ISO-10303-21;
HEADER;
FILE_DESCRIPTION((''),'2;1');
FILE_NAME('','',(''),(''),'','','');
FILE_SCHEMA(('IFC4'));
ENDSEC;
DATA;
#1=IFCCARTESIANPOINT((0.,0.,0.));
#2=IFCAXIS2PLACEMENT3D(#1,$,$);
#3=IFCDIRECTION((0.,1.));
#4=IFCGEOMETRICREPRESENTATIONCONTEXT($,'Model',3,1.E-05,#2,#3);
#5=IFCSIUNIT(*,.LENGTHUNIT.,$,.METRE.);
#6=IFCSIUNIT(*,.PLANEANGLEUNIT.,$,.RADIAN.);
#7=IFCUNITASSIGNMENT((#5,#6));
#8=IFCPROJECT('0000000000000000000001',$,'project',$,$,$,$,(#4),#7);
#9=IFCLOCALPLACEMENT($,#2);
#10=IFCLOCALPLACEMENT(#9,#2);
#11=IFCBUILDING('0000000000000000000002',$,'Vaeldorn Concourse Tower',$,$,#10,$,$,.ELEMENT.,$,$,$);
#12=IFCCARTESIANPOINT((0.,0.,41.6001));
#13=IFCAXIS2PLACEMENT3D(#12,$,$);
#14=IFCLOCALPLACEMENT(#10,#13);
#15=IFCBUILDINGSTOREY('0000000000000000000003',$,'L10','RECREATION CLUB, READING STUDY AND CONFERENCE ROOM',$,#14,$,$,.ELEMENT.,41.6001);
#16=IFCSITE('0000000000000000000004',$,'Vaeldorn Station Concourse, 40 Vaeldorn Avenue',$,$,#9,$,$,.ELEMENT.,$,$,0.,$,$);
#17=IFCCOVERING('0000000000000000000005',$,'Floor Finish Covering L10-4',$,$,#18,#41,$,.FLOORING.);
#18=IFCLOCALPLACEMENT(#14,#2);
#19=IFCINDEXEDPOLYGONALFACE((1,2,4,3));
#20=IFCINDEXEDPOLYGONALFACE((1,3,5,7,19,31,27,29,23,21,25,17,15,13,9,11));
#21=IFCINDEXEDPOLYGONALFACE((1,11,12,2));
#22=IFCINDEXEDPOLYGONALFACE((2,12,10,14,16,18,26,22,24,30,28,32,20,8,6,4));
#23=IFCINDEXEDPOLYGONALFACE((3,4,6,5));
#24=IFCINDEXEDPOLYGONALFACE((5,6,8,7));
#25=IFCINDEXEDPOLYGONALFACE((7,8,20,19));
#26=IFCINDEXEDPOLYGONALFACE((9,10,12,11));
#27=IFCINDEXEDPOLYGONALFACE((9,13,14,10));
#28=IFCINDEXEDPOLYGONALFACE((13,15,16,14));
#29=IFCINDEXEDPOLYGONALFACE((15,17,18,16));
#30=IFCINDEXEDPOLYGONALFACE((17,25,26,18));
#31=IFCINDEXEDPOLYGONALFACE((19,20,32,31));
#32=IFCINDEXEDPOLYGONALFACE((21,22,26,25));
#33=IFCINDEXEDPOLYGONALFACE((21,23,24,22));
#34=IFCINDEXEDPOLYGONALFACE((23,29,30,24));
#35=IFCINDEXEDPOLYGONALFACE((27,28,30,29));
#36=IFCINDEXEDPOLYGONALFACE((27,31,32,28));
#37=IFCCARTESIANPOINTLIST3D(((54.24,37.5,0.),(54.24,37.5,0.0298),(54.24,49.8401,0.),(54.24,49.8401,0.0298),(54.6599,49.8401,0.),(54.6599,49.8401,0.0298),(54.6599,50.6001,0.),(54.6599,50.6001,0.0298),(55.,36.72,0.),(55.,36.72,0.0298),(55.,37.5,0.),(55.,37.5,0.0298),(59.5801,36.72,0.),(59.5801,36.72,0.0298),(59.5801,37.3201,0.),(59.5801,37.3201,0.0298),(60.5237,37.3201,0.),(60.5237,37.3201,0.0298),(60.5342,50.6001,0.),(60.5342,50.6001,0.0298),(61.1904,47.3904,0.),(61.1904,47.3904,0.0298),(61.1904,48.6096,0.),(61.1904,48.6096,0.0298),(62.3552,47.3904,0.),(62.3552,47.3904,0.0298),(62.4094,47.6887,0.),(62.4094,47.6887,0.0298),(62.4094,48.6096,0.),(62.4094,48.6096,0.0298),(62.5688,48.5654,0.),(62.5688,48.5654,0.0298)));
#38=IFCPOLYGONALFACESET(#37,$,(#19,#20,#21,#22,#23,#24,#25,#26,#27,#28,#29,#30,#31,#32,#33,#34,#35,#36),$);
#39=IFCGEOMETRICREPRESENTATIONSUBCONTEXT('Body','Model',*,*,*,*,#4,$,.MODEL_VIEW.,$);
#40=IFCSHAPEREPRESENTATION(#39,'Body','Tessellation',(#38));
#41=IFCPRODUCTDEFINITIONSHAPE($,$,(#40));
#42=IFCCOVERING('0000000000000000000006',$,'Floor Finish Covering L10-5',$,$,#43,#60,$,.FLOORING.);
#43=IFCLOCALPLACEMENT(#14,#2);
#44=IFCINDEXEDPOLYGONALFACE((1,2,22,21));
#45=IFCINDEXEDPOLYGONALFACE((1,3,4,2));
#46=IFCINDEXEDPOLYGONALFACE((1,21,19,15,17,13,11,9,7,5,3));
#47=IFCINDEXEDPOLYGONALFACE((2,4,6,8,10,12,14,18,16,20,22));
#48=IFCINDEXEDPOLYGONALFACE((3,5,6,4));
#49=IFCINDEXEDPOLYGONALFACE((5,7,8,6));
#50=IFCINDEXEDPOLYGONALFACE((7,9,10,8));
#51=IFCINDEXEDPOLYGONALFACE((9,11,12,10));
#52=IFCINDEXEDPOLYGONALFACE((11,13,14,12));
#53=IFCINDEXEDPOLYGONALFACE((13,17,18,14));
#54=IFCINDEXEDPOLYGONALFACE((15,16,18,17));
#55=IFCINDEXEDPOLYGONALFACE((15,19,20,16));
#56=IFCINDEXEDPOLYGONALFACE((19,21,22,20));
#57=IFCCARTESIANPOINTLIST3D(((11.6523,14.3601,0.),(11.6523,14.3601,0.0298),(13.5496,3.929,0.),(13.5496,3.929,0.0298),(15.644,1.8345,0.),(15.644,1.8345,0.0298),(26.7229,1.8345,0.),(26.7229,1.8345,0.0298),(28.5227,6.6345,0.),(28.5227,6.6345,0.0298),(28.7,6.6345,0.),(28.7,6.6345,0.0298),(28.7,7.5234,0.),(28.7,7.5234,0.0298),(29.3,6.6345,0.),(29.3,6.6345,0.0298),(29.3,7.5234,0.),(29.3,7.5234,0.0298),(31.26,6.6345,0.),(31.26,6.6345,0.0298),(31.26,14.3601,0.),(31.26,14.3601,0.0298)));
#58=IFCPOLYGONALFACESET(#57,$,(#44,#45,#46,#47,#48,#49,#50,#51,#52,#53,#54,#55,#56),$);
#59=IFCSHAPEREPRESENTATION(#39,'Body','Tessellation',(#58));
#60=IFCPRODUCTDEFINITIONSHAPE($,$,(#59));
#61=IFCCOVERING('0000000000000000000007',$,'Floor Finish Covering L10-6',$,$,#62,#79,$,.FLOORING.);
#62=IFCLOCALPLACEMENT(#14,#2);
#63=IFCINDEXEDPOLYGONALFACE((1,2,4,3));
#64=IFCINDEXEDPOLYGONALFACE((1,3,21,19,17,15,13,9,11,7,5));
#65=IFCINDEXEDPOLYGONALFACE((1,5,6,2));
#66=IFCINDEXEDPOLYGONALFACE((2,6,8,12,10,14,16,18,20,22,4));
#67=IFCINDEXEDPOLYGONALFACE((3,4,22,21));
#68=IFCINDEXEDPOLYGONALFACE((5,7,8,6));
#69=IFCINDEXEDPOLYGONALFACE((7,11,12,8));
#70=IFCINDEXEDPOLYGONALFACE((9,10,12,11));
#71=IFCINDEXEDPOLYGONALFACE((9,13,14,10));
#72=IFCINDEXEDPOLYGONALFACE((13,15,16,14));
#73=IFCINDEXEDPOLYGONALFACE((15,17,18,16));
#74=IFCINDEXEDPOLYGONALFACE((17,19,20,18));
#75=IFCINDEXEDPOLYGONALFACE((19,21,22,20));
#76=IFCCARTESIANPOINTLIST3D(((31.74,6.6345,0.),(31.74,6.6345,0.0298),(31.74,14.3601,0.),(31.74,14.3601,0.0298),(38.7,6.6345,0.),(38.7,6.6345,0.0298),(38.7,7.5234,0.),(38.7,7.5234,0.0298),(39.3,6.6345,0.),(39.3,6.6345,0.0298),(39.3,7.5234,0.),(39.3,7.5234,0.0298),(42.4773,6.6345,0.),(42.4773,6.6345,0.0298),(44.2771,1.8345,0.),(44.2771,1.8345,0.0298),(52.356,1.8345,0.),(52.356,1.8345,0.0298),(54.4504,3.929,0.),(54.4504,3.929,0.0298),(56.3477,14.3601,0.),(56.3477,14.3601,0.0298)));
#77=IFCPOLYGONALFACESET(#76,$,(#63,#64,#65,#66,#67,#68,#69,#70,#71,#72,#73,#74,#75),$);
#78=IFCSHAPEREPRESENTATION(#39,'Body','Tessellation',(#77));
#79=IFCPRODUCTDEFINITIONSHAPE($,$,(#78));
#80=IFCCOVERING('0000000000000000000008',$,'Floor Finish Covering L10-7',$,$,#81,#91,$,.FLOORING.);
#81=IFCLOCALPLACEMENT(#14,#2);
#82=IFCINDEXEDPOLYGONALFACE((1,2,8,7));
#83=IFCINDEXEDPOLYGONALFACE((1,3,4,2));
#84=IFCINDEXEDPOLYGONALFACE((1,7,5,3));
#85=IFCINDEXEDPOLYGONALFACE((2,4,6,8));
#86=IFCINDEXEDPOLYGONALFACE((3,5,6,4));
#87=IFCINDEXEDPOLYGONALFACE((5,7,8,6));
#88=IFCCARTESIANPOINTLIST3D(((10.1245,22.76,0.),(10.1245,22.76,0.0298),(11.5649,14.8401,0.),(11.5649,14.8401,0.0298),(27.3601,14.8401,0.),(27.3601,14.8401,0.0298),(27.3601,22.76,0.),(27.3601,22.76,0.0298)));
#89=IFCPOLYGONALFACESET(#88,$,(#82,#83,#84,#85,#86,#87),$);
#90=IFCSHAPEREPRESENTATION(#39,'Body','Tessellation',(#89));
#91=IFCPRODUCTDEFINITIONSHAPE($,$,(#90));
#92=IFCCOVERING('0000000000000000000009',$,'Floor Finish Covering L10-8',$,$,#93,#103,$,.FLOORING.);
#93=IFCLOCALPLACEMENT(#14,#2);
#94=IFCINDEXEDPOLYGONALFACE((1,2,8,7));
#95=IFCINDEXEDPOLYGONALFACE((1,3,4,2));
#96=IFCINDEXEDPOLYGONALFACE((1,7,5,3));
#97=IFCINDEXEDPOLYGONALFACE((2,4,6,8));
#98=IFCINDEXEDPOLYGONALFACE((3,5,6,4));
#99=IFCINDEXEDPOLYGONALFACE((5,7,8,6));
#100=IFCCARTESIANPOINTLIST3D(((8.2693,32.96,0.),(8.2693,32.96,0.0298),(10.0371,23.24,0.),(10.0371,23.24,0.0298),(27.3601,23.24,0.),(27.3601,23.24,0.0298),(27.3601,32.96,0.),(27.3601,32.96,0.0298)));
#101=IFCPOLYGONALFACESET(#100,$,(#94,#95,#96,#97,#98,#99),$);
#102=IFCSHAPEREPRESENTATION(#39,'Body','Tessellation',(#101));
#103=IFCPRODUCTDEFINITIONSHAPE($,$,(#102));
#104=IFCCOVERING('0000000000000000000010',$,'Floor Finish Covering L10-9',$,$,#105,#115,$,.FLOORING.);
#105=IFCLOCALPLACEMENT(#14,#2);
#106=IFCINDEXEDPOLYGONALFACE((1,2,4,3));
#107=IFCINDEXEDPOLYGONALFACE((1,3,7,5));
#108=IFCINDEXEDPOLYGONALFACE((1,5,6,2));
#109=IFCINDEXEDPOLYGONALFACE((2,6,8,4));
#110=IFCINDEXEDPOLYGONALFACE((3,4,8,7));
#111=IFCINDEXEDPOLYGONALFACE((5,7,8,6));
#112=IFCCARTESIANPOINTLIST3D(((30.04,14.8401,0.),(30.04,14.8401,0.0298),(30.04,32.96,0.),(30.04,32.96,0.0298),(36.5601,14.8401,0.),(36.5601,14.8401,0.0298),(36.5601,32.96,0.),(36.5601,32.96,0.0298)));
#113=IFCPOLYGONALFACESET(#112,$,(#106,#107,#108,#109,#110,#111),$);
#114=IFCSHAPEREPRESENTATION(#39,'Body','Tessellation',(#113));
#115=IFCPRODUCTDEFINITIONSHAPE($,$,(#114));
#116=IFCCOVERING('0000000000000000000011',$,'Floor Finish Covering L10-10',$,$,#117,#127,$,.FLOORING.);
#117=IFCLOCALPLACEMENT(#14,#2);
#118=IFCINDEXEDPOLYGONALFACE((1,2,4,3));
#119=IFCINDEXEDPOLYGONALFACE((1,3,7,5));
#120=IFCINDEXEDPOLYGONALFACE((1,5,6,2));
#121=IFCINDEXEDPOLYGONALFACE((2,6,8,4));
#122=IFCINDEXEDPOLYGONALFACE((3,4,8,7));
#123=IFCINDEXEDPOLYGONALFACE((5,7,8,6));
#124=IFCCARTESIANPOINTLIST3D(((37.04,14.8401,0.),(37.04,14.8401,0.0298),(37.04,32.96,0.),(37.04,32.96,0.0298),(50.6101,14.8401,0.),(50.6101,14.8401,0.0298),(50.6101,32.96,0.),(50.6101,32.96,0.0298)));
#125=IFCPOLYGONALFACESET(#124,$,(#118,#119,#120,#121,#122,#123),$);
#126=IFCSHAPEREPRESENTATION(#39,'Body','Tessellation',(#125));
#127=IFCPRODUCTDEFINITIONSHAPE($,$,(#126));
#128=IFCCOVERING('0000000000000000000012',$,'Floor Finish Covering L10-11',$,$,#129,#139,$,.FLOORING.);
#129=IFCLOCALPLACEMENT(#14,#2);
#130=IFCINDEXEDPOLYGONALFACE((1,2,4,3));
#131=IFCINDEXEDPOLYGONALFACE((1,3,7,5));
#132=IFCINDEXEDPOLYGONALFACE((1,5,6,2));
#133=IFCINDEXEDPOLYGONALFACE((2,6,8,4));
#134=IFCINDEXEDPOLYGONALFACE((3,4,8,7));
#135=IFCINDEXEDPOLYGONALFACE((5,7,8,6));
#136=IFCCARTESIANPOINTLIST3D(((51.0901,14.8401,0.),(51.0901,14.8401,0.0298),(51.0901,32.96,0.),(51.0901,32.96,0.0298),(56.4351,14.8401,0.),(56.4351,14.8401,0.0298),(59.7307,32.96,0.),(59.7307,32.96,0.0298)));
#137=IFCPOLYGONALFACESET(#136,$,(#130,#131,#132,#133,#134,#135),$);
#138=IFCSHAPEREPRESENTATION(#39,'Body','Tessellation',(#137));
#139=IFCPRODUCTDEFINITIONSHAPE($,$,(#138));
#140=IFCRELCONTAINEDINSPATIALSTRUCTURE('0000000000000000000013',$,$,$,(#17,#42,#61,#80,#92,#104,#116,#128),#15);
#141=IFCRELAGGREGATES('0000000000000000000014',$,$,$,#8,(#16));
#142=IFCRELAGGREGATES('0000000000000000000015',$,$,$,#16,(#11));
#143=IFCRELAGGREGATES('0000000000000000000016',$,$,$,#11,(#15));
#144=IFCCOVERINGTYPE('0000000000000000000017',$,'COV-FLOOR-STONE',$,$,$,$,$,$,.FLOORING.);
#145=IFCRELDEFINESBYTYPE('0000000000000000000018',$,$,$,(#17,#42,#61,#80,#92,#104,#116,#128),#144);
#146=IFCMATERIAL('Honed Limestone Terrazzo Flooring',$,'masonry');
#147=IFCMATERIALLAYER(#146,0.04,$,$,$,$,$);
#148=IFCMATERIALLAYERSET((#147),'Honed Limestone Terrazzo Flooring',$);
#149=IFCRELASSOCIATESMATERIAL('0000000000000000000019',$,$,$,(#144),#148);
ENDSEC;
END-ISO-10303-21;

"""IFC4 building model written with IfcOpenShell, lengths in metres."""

from ifc_helpers import new_model, si_unit, direction, frame, origin, place, context, subcontext, project, spatial, polyline, outline, extrude, material, layer, layer_set, type_object, element, save


model = new_model("IFC4")

# Units and contexts
model_context = context("Model", 3, precision=1e-05, world=origin(), true_north=direction((0.0, 1.0)))
body_context = subcontext(model_context, "Body", "Model", "MODEL_VIEW")
ifc_project = project(units=[si_unit("LENGTHUNIT", "METRE"), si_unit("PLANEANGLEUNIT", "RADIAN")], contexts=[model_context])

# Site, building, storey
site_placement = place(None, origin())
site = spatial("IfcSite", under=ifc_project, at=site_placement, Name="Vaeldorn Station Concourse, 40 Vaeldorn Avenue", CompositionType="ELEMENT", RefElevation=0.0)
building_placement = place(site_placement, origin())
building = spatial("IfcBuilding", under=site, at=building_placement, Name="Vaeldorn Concourse Tower", CompositionType="ELEMENT")
storey_placement = place(building_placement, frame((0.0, 0.0, 41.6001)))
storey = spatial("IfcBuildingStorey", under=building, at=storey_placement, Name="L10", Description="RECREATION CLUB, READING STUDY AND CONFERENCE ROOM", CompositionType="ELEMENT", Elevation=41.6001)

# Coverings
ifc_material_1 = material(Name="Honed Limestone Terrazzo Flooring", Category="masonry")
ifc_layer_1 = layer(ifc_material_1, 0.04)
ifc_layer_set_1 = layer_set([ifc_layer_1], Name="Honed Limestone Terrazzo Flooring")
covering_type_1 = type_object("IfcCoveringType", Name="COV-FLOOR-STONE", PredefinedType="FLOORING", material=ifc_layer_set_1)
covering_1_placement = place(storey_placement, origin())
element("IfcCovering", 1, at=covering_1_placement, inside=storey, type_object=covering_type_1, Name="Floor Finish Covering L10-4", PredefinedType="FLOORING", context=body_context, shape_type="SweptSolid", body=[
    extrude(outline(polyline([(54.6599, 49.8401), (54.6599, 50.6001), (60.5342, 50.6001), (62.5688, 48.5654), (62.4094, 47.6887), (62.4094, 48.6096), (61.1904, 48.6096), (61.1904, 47.3904), (62.3552, 47.3904), (60.5237, 37.3201), (59.5801, 37.3201), (59.5801, 36.72), (55.0, 36.72), (55.0, 37.5), (54.24, 37.5), (54.24, 49.8401), (54.6599, 49.8401)])), origin(), (0.0, 0.0, 1.0), 0.0298),
])
covering_2_placement = place(storey_placement, origin())
element("IfcCovering", 2, at=covering_2_placement, inside=storey, type_object=covering_type_1, Name="Floor Finish Covering L10-5", PredefinedType="FLOORING", context=body_context, shape_type="SweptSolid", body=[
    extrude(outline(polyline([(31.26, 14.3601), (31.26, 6.6345), (29.3, 6.6345), (29.3, 7.5234), (28.7, 7.5234), (28.7, 6.6345), (28.5227, 6.6345), (26.7229, 1.8345), (15.644, 1.8345), (13.5496, 3.929), (11.6523, 14.3601), (31.26, 14.3601)])), origin(), (0.0, 0.0, 1.0), 0.0298),
])
covering_3_placement = place(storey_placement, origin())
element("IfcCovering", 3, at=covering_3_placement, inside=storey, type_object=covering_type_1, Name="Floor Finish Covering L10-6", PredefinedType="FLOORING", context=body_context, shape_type="SweptSolid", body=[
    extrude(outline(polyline([(31.74, 14.3601), (56.3477, 14.3601), (54.4504, 3.929), (52.356, 1.8345), (44.2771, 1.8345), (42.4773, 6.6345), (39.3, 6.6345), (39.3, 7.5234), (38.7, 7.5234), (38.7, 6.6345), (31.74, 6.6345), (31.74, 14.3601)])), origin(), (0.0, 0.0, 1.0), 0.0298),
])
covering_4_placement = place(storey_placement, origin())
element("IfcCovering", 4, at=covering_4_placement, inside=storey, type_object=covering_type_1, Name="Floor Finish Covering L10-7", PredefinedType="FLOORING", context=body_context, shape_type="SweptSolid", body=[
    extrude(outline(polyline([(27.3601, 22.76), (27.3601, 14.8401), (11.5649, 14.8401), (10.1245, 22.76), (27.3601, 22.76)])), origin(), (0.0, 0.0, 1.0), 0.0298),
])
covering_5_placement = place(storey_placement, origin())
element("IfcCovering", 5, at=covering_5_placement, inside=storey, type_object=covering_type_1, Name="Floor Finish Covering L10-8", PredefinedType="FLOORING", context=body_context, shape_type="SweptSolid", body=[
    extrude(outline(polyline([(27.3601, 32.96), (27.3601, 23.24), (10.0371, 23.24), (8.2693, 32.96), (27.3601, 32.96)])), origin(), (0.0, 0.0, 1.0), 0.0298),
])
covering_6_placement = place(storey_placement, origin())
element("IfcCovering", 6, at=covering_6_placement, inside=storey, type_object=covering_type_1, Name="Floor Finish Covering L10-9", PredefinedType="FLOORING", context=body_context, shape_type="SweptSolid", body=[
    extrude(outline(polyline([(30.04, 32.96), (36.5601, 32.96), (36.5601, 14.8401), (30.04, 14.8401), (30.04, 32.96)])), origin(), (0.0, 0.0, 1.0), 0.0298),
])
covering_7_placement = place(storey_placement, origin())
element("IfcCovering", 7, at=covering_7_placement, inside=storey, type_object=covering_type_1, Name="Floor Finish Covering L10-10", PredefinedType="FLOORING", context=body_context, shape_type="SweptSolid", body=[
    extrude(outline(polyline([(37.04, 32.96), (50.6101, 32.96), (50.6101, 14.8401), (37.04, 14.8401), (37.04, 32.96)])), origin(), (0.0, 0.0, 1.0), 0.0298),
])
covering_8_placement = place(storey_placement, origin())
element("IfcCovering", 8, at=covering_8_placement, inside=storey, type_object=covering_type_1, Name="Floor Finish Covering L10-11", PredefinedType="FLOORING", context=body_context, shape_type="SweptSolid", body=[
    extrude(outline(polyline([(51.0901, 14.8401), (51.0901, 32.96), (59.7307, 32.96), (56.4351, 14.8401), (51.0901, 14.8401)])), origin(), (0.0, 0.0, 1.0), 0.0298),
])

save(model, "model.ifc")
